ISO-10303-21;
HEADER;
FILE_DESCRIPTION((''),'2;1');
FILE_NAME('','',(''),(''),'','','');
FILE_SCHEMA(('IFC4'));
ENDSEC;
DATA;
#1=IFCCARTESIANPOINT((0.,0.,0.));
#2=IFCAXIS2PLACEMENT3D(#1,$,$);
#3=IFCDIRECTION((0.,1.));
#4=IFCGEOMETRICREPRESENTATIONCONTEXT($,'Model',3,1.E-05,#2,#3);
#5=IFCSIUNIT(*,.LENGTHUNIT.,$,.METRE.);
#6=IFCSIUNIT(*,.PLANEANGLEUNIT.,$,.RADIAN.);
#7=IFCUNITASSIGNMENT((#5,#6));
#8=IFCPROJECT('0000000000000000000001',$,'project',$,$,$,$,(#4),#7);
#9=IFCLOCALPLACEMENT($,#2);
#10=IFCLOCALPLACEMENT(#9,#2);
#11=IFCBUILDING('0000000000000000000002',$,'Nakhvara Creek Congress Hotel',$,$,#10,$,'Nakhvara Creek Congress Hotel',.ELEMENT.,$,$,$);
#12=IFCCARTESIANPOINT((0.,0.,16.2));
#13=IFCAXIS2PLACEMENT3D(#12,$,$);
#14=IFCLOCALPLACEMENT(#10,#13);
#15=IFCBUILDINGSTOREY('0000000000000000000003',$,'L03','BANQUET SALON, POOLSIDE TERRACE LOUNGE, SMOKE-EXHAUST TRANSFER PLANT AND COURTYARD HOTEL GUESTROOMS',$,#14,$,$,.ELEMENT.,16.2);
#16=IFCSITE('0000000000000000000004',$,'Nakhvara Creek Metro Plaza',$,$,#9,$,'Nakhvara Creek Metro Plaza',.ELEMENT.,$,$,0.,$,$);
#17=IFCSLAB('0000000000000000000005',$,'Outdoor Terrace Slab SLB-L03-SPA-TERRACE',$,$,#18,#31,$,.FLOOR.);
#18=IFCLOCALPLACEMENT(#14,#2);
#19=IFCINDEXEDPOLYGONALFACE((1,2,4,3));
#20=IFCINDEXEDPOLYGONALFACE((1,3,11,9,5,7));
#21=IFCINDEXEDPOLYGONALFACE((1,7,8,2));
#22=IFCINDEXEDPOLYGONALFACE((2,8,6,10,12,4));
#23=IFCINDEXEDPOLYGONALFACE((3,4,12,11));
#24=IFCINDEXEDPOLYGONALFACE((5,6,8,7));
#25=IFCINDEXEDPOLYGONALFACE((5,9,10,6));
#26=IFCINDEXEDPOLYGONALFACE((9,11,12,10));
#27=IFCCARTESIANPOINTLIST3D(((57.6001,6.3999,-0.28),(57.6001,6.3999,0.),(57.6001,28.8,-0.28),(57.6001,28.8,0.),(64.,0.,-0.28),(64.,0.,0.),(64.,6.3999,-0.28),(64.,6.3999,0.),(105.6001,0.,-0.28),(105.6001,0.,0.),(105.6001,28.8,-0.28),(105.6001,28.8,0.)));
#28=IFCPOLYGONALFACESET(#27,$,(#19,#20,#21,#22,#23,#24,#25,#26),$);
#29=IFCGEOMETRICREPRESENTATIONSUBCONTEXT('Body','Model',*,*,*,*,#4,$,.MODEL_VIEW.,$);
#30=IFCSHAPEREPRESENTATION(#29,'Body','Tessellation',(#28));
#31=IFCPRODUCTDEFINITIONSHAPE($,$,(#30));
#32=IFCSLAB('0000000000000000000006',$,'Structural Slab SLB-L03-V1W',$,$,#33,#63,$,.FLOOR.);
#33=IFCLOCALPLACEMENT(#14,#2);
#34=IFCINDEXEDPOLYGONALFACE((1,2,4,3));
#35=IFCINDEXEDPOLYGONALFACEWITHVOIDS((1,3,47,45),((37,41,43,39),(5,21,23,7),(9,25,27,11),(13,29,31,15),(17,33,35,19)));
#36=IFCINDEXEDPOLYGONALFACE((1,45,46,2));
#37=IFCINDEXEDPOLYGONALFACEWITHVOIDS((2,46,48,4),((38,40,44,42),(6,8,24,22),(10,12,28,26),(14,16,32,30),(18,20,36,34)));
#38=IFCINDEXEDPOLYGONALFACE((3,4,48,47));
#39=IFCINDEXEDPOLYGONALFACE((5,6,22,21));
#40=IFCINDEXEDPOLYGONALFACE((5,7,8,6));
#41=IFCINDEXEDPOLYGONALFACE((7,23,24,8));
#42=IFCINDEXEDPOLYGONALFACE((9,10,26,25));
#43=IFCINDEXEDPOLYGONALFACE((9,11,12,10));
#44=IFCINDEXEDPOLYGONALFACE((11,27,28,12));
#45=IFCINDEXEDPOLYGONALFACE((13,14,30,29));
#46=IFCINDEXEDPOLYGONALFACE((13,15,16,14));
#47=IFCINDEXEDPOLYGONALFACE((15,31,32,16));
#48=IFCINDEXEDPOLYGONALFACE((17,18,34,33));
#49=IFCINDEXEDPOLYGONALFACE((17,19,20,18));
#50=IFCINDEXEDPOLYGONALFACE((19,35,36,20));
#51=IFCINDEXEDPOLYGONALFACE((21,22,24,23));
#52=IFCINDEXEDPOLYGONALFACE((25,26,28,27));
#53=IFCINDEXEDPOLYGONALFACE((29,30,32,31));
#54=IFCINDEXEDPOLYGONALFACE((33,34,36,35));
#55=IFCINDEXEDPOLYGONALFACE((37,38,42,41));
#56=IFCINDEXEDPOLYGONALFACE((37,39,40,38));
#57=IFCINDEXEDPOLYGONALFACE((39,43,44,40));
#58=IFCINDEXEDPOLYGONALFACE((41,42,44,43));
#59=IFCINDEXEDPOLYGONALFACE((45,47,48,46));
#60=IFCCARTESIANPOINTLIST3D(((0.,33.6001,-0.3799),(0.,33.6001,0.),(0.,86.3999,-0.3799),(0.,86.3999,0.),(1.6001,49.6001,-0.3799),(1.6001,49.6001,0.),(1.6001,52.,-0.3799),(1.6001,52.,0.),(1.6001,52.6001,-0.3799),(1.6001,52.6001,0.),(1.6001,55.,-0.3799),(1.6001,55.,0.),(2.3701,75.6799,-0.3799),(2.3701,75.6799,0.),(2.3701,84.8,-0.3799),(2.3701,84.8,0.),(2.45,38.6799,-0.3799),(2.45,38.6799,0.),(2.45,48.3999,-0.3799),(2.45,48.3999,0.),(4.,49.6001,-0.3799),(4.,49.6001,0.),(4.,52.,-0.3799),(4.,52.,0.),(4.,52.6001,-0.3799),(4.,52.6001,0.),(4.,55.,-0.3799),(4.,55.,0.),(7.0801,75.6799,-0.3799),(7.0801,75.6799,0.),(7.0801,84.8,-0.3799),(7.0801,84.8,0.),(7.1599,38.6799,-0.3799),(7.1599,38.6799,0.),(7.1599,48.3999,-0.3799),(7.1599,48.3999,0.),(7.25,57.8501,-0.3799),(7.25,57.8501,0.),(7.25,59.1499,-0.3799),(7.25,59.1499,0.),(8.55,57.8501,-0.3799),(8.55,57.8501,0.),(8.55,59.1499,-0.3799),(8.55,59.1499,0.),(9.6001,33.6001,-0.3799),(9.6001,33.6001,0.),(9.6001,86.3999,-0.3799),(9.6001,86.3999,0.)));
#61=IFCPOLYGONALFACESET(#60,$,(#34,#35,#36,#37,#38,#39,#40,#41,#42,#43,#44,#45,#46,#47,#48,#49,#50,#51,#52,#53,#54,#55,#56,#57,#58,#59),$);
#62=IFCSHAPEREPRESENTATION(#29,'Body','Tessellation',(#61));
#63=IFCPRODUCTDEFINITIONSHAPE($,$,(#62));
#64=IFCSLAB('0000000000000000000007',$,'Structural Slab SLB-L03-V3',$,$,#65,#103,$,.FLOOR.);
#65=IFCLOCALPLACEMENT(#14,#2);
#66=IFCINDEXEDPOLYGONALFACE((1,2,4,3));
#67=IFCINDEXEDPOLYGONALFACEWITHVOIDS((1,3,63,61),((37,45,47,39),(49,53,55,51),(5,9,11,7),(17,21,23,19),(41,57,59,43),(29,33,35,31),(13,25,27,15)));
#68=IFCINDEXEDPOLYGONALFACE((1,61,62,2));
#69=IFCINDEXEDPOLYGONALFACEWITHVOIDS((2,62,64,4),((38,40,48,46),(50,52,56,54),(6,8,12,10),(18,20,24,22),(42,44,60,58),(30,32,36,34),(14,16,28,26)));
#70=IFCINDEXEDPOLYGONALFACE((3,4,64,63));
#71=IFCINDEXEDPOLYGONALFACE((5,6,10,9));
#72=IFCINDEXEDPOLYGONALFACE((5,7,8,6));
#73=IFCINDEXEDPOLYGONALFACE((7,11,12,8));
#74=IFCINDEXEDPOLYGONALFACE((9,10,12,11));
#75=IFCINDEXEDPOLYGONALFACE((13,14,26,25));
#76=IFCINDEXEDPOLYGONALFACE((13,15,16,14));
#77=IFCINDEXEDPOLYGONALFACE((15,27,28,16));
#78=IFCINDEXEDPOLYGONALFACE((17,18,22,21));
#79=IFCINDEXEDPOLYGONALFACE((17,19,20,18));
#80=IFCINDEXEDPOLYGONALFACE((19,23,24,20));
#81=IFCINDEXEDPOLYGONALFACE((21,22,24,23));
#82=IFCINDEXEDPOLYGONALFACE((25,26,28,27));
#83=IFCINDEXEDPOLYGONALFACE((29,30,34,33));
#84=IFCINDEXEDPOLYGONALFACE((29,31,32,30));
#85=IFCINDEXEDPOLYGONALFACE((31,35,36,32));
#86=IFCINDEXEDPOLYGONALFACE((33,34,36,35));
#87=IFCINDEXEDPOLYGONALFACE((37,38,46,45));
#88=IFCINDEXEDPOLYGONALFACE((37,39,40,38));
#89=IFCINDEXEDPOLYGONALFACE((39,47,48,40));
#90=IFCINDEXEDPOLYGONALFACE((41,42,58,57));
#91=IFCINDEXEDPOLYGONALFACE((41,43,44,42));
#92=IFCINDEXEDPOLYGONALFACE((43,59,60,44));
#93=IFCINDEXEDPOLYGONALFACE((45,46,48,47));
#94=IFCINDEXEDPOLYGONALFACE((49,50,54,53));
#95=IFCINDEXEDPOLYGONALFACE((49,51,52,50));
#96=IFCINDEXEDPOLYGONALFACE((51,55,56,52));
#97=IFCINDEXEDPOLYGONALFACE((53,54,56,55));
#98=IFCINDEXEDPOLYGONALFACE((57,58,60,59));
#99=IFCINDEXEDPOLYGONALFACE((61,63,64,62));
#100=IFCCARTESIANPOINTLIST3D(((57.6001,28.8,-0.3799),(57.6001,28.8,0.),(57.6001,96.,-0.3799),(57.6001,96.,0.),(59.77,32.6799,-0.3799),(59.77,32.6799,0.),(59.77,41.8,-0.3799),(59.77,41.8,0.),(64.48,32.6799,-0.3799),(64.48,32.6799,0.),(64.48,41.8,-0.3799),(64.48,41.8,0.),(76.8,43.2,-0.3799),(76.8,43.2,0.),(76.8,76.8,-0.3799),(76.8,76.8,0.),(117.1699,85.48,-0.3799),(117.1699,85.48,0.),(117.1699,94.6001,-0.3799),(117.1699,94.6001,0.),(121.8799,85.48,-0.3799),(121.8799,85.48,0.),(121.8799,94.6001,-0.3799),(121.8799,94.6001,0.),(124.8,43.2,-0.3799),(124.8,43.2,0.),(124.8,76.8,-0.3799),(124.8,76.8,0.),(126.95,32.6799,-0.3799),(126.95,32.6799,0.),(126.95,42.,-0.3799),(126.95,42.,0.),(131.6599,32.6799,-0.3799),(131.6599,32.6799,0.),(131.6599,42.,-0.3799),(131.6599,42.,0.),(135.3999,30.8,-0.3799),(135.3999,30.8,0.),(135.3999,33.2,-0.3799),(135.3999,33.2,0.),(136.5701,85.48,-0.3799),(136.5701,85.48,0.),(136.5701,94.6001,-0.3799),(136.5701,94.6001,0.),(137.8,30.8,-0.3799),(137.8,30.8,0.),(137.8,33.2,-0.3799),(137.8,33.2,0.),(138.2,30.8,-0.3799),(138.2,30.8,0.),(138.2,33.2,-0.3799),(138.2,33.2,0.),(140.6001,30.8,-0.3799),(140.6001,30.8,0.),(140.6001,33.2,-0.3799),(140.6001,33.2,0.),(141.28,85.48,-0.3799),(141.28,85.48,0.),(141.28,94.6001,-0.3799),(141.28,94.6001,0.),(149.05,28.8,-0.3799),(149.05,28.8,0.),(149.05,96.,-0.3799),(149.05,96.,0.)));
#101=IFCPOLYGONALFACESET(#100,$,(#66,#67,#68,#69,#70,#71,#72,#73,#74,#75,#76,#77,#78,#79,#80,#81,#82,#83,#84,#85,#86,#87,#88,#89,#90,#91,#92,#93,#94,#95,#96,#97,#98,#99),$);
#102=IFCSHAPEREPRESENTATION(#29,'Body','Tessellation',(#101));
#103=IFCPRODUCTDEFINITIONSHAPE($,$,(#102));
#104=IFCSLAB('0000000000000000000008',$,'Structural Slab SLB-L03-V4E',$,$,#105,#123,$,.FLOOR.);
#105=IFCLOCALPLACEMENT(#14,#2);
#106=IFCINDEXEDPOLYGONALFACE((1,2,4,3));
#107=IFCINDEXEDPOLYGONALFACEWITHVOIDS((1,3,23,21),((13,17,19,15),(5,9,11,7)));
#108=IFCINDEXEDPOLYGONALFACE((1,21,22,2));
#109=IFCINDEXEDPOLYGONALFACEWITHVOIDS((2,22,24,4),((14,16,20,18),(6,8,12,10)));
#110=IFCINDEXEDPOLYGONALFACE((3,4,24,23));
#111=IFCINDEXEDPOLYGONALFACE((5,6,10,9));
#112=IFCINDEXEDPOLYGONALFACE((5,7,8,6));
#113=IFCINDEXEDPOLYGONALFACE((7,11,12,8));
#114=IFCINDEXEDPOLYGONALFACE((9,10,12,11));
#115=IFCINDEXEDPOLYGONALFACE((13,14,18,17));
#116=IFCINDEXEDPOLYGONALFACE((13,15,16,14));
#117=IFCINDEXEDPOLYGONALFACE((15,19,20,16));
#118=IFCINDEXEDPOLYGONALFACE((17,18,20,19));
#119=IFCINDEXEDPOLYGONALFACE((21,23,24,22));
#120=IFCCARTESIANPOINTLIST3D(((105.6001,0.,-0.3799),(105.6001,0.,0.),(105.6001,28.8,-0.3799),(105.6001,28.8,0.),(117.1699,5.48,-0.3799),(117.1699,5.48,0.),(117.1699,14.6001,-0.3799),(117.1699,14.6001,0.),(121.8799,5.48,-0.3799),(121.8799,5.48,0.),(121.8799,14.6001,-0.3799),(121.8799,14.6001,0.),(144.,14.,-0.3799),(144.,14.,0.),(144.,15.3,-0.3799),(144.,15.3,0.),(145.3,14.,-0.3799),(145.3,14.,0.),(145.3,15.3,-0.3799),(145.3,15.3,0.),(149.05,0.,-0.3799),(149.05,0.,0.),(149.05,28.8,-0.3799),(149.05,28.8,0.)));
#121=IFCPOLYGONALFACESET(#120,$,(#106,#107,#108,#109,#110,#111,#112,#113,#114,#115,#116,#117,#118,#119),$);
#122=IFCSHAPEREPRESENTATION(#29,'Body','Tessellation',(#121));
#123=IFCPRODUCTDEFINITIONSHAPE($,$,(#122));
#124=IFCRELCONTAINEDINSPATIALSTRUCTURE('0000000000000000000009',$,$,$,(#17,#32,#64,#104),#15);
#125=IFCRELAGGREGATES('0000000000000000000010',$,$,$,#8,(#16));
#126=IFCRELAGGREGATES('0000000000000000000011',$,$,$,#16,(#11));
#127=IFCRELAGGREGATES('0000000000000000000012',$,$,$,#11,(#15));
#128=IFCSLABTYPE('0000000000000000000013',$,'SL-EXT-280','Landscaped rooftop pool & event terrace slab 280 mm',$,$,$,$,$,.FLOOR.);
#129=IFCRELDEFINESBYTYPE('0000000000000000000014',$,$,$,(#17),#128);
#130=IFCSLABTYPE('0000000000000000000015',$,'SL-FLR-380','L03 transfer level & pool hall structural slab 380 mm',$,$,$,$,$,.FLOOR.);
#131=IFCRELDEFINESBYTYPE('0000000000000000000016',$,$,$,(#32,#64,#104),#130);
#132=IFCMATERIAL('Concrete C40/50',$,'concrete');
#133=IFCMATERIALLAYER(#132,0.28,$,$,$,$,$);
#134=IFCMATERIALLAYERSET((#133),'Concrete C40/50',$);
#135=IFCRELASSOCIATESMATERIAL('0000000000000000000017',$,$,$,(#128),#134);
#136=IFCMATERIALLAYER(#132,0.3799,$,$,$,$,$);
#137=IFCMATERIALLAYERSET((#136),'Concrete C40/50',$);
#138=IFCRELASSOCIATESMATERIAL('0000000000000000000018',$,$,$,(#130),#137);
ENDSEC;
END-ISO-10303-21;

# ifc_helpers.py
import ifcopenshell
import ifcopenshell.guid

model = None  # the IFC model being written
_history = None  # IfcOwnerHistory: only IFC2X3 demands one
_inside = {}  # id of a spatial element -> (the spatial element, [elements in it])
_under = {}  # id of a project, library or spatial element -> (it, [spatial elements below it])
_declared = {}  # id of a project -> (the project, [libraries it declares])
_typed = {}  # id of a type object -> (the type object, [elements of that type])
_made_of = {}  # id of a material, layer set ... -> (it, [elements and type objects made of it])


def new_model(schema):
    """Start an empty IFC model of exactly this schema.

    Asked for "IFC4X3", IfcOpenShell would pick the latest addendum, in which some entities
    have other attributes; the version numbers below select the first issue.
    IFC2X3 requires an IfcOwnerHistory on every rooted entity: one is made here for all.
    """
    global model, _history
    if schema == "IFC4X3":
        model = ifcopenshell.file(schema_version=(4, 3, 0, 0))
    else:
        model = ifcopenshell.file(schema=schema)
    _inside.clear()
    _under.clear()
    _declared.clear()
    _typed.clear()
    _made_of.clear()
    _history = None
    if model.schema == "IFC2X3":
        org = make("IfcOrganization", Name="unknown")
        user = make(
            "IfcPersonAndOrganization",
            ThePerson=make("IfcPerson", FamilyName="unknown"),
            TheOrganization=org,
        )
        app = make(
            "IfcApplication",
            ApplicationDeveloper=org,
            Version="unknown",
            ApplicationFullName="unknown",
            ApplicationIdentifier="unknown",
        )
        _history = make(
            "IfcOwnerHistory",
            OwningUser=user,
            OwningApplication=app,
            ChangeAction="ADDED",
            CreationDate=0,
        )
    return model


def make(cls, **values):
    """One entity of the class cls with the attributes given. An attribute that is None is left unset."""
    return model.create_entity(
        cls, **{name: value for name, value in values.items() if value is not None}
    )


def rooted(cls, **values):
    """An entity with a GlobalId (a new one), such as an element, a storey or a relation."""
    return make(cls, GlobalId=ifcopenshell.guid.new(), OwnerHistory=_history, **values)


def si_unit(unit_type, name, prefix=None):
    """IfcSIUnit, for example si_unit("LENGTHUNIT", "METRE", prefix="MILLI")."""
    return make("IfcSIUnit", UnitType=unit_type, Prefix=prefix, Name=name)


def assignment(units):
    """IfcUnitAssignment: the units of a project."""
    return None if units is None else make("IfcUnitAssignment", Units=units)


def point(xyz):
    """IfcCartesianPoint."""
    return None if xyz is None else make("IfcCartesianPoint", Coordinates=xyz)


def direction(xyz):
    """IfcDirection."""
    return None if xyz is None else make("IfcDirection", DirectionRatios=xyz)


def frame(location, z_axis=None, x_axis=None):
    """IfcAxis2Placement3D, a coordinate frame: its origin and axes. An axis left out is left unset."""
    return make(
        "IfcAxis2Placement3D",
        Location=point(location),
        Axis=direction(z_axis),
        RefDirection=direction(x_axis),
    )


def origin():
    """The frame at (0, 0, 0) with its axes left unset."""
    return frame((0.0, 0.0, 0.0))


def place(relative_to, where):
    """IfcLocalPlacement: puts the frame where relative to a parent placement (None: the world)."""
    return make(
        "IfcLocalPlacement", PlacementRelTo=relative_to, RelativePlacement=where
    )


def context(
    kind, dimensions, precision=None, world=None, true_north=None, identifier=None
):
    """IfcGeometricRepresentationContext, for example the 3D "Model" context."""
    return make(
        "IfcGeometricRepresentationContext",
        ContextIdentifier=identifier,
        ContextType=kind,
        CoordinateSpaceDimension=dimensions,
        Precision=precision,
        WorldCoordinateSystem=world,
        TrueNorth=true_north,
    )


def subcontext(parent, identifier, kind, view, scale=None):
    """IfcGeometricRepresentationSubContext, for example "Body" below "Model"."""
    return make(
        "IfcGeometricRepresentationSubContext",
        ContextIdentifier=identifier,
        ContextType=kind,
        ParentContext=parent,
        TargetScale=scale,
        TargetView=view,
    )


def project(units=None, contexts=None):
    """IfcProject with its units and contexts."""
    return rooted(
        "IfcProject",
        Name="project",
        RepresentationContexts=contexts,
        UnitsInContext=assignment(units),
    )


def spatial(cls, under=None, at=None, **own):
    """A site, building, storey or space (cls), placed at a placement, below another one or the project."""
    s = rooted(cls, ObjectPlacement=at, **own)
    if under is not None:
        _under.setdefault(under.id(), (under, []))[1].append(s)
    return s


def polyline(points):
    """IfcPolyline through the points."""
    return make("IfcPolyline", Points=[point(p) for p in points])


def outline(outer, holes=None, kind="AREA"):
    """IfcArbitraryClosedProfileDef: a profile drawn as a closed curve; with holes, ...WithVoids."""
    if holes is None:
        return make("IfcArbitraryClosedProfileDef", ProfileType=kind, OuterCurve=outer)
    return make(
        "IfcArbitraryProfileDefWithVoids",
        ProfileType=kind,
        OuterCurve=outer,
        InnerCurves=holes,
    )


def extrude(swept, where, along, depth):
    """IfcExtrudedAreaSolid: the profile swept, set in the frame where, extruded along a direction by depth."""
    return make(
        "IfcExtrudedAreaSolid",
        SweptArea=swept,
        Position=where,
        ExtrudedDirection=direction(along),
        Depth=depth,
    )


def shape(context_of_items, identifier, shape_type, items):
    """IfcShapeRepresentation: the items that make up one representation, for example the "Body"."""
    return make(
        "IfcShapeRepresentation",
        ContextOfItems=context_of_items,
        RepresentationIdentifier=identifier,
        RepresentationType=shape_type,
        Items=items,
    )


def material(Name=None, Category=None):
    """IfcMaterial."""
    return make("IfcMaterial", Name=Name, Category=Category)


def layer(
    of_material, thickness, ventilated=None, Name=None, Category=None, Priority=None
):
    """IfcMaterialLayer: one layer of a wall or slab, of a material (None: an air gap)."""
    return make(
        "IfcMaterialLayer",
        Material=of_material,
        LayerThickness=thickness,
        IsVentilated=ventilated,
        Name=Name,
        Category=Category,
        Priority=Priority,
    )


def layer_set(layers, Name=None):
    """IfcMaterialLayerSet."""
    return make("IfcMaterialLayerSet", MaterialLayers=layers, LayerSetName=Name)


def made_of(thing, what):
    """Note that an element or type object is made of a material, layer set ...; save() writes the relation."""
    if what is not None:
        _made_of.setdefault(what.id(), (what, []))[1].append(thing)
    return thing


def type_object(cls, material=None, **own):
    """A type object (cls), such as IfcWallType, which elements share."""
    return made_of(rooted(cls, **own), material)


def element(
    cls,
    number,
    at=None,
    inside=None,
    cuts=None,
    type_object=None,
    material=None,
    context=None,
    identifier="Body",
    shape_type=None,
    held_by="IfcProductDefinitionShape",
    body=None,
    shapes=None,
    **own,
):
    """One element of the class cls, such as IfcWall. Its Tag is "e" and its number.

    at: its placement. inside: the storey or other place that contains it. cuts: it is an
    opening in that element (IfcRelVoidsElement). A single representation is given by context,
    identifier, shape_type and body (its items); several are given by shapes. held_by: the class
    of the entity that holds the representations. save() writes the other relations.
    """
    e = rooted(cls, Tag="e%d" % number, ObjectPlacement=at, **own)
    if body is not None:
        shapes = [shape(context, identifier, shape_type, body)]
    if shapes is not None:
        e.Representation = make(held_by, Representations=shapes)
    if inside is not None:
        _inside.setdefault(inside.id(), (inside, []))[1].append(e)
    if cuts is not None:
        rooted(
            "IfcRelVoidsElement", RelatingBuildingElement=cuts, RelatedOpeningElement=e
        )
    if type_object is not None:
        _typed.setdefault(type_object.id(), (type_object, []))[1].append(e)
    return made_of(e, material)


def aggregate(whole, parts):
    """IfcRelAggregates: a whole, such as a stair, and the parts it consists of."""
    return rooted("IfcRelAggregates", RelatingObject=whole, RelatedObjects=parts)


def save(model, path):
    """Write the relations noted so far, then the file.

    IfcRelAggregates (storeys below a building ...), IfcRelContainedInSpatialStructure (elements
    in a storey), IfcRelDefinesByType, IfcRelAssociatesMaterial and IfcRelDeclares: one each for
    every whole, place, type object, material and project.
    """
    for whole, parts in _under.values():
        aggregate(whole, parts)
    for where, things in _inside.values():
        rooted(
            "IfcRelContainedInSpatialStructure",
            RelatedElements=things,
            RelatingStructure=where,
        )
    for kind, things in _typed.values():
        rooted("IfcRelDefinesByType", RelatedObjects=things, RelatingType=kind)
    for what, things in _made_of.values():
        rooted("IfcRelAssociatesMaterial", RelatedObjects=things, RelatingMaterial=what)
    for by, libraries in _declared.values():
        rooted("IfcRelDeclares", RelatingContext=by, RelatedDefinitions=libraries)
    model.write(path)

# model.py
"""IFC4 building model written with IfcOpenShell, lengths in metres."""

from ifc_helpers import new_model, si_unit, direction, frame, origin, place, context, subcontext, project, spatial, polyline, outline, extrude, material, layer, layer_set, type_object, element, save


model = new_model("IFC4")

# Units and contexts
model_context = context("Model", 3, precision=1e-05, world=origin(), true_north=direction((0.0, 1.0)))
body_context = subcontext(model_context, "Body", "Model", "MODEL_VIEW")
ifc_project = project(units=[si_unit("LENGTHUNIT", "METRE"), si_unit("PLANEANGLEUNIT", "RADIAN")], contexts=[model_context])

# Site, building, storey
site_placement = place(None, origin())
site = spatial("IfcSite", under=ifc_project, at=site_placement, Name="Nakhvara Creek Metro Plaza", LongName="Nakhvara Creek Metro Plaza", CompositionType="ELEMENT", RefElevation=0.0)
building_placement = place(site_placement, origin())
building = spatial("IfcBuilding", under=site, at=building_placement, Name="Nakhvara Creek Congress Hotel", LongName="Nakhvara Creek Congress Hotel", CompositionType="ELEMENT")
storey_placement = place(building_placement, frame((0.0, 0.0, 16.2)))
storey = spatial("IfcBuildingStorey", under=building, at=storey_placement, Name="L03", Description="BANQUET SALON, POOLSIDE TERRACE LOUNGE, SMOKE-EXHAUST TRANSFER PLANT AND COURTYARD HOTEL GUESTROOMS", CompositionType="ELEMENT", Elevation=16.2)

# Slabs
ifc_material_1 = material(Name="Concrete C40/50", Category="concrete")
ifc_layer_1 = layer(ifc_material_1, 0.28)
ifc_layer_set_1 = layer_set([ifc_layer_1], Name="Concrete C40/50")
slab_type_1 = type_object("IfcSlabType", Name="SL-EXT-280", Description="Landscaped rooftop pool & event terrace slab 280 mm", PredefinedType="FLOOR", material=ifc_layer_set_1)
slab_1_placement = place(storey_placement, frame((0.0, 0.0, -0.28)))
element("IfcSlab", 1, at=slab_1_placement, inside=storey, type_object=slab_type_1, Name="Outdoor Terrace Slab SLB-L03-SPA-TERRACE", PredefinedType="FLOOR", context=body_context, shape_type="SweptSolid", body=[
    extrude(outline(polyline([(64.0, 0.0), (105.6001, 0.0), (105.6001, 28.8), (57.6001, 28.8), (57.6001, 6.3999), (64.0, 6.3999), (64.0, 0.0)])), origin(), (0.0, 0.0, 1.0), 0.28),
])
ifc_layer_2 = layer(ifc_material_1, 0.3799)
ifc_layer_set_2 = layer_set([ifc_layer_2], Name="Concrete C40/50")
slab_type_2 = type_object("IfcSlabType", Name="SL-FLR-380", Description="L03 transfer level & pool hall structural slab 380 mm", PredefinedType="FLOOR", material=ifc_layer_set_2)
slab_2_placement = place(storey_placement, frame((0.0, 0.0, -0.3799)))
element("IfcSlab", 2, at=slab_2_placement, inside=storey, type_object=slab_type_2, Name="Structural Slab SLB-L03-V1W", PredefinedType="FLOOR", context=body_context, shape_type="SweptSolid", body=[
    extrude(outline(polyline([(0.0, 86.3999), (9.6001, 86.3999), (9.6001, 33.6001), (0.0, 33.6001), (0.0, 86.3999)]), holes=[polyline([(2.45, 48.3999), (2.45, 38.6799), (7.1599, 38.6799), (7.1599, 48.3999), (2.45, 48.3999)]), polyline([(4.0, 52.0), (1.6001, 52.0), (1.6001, 49.6001), (4.0, 49.6001), (4.0, 52.0)]), polyline([(4.0, 55.0), (1.6001, 55.0), (1.6001, 52.6001), (4.0, 52.6001), (4.0, 55.0)]), polyline([(8.55, 57.8501), (8.55, 59.1499), (7.25, 59.1499), (7.25, 57.8501), (8.55, 57.8501)]), polyline([(7.0801, 84.8), (2.3701, 84.8), (2.3701, 75.6799), (7.0801, 75.6799), (7.0801, 84.8)])]), origin(), (0.0, 0.0, 1.0), 0.3799),
])
slab_3_placement = place(storey_placement, frame((0.0, 0.0, -0.3799)))
element("IfcSlab", 3, at=slab_3_placement, inside=storey, type_object=slab_type_2, Name="Structural Slab SLB-L03-V3", PredefinedType="FLOOR", context=body_context, shape_type="SweptSolid", body=[
    extrude(outline(polyline([(57.6001, 96.0), (149.05, 96.0), (149.05, 28.8), (57.6001, 28.8), (57.6001, 96.0)]), holes=[polyline([(137.8, 33.2), (135.3999, 33.2), (135.3999, 30.8), (137.8, 30.8), (137.8, 33.2)]), polyline([(140.6001, 30.8), (140.6001, 33.2), (138.2, 33.2), (138.2, 30.8), (140.6001, 30.8)]), polyline([(64.48, 41.8), (59.77, 41.8), (59.77, 32.6799), (64.48, 32.6799), (64.48, 41.8)]), polyline([(131.6599, 42.0), (126.95, 42.0), (126.95, 32.6799), (131.6599, 32.6799), (131.6599, 42.0)]), polyline([(124.8, 43.2), (124.8, 76.8), (76.8, 76.8), (76.8, 43.2), (124.8, 43.2)]), polyline([(121.8799, 94.6001), (117.1699, 94.6001), (117.1699, 85.48), (121.8799, 85.48), (121.8799, 94.6001)]), polyline([(141.28, 94.6001), (136.5701, 94.6001), (136.5701, 85.48), (141.28, 85.48), (141.28, 94.6001)])]), origin(), (0.0, 0.0, 1.0), 0.3799),
])
slab_4_placement = place(storey_placement, frame((0.0, 0.0, -0.3799)))
element("IfcSlab", 4, at=slab_4_placement, inside=storey, type_object=slab_type_2, Name="Structural Slab SLB-L03-V4E", PredefinedType="FLOOR", context=body_context, shape_type="SweptSolid", body=[
    extrude(outline(polyline([(105.6001, 28.8), (149.05, 28.8), (149.05, 0.0), (105.6001, 0.0), (105.6001, 28.8)]), holes=[polyline([(117.1699, 5.48), (121.8799, 5.48), (121.8799, 14.6001), (117.1699, 14.6001), (117.1699, 5.48)]), polyline([(144.0, 15.3), (144.0, 14.0), (145.3, 14.0), (145.3, 15.3), (144.0, 15.3)])]), origin(), (0.0, 0.0, 1.0), 0.3799),
])

save(model, "model.ifc")
